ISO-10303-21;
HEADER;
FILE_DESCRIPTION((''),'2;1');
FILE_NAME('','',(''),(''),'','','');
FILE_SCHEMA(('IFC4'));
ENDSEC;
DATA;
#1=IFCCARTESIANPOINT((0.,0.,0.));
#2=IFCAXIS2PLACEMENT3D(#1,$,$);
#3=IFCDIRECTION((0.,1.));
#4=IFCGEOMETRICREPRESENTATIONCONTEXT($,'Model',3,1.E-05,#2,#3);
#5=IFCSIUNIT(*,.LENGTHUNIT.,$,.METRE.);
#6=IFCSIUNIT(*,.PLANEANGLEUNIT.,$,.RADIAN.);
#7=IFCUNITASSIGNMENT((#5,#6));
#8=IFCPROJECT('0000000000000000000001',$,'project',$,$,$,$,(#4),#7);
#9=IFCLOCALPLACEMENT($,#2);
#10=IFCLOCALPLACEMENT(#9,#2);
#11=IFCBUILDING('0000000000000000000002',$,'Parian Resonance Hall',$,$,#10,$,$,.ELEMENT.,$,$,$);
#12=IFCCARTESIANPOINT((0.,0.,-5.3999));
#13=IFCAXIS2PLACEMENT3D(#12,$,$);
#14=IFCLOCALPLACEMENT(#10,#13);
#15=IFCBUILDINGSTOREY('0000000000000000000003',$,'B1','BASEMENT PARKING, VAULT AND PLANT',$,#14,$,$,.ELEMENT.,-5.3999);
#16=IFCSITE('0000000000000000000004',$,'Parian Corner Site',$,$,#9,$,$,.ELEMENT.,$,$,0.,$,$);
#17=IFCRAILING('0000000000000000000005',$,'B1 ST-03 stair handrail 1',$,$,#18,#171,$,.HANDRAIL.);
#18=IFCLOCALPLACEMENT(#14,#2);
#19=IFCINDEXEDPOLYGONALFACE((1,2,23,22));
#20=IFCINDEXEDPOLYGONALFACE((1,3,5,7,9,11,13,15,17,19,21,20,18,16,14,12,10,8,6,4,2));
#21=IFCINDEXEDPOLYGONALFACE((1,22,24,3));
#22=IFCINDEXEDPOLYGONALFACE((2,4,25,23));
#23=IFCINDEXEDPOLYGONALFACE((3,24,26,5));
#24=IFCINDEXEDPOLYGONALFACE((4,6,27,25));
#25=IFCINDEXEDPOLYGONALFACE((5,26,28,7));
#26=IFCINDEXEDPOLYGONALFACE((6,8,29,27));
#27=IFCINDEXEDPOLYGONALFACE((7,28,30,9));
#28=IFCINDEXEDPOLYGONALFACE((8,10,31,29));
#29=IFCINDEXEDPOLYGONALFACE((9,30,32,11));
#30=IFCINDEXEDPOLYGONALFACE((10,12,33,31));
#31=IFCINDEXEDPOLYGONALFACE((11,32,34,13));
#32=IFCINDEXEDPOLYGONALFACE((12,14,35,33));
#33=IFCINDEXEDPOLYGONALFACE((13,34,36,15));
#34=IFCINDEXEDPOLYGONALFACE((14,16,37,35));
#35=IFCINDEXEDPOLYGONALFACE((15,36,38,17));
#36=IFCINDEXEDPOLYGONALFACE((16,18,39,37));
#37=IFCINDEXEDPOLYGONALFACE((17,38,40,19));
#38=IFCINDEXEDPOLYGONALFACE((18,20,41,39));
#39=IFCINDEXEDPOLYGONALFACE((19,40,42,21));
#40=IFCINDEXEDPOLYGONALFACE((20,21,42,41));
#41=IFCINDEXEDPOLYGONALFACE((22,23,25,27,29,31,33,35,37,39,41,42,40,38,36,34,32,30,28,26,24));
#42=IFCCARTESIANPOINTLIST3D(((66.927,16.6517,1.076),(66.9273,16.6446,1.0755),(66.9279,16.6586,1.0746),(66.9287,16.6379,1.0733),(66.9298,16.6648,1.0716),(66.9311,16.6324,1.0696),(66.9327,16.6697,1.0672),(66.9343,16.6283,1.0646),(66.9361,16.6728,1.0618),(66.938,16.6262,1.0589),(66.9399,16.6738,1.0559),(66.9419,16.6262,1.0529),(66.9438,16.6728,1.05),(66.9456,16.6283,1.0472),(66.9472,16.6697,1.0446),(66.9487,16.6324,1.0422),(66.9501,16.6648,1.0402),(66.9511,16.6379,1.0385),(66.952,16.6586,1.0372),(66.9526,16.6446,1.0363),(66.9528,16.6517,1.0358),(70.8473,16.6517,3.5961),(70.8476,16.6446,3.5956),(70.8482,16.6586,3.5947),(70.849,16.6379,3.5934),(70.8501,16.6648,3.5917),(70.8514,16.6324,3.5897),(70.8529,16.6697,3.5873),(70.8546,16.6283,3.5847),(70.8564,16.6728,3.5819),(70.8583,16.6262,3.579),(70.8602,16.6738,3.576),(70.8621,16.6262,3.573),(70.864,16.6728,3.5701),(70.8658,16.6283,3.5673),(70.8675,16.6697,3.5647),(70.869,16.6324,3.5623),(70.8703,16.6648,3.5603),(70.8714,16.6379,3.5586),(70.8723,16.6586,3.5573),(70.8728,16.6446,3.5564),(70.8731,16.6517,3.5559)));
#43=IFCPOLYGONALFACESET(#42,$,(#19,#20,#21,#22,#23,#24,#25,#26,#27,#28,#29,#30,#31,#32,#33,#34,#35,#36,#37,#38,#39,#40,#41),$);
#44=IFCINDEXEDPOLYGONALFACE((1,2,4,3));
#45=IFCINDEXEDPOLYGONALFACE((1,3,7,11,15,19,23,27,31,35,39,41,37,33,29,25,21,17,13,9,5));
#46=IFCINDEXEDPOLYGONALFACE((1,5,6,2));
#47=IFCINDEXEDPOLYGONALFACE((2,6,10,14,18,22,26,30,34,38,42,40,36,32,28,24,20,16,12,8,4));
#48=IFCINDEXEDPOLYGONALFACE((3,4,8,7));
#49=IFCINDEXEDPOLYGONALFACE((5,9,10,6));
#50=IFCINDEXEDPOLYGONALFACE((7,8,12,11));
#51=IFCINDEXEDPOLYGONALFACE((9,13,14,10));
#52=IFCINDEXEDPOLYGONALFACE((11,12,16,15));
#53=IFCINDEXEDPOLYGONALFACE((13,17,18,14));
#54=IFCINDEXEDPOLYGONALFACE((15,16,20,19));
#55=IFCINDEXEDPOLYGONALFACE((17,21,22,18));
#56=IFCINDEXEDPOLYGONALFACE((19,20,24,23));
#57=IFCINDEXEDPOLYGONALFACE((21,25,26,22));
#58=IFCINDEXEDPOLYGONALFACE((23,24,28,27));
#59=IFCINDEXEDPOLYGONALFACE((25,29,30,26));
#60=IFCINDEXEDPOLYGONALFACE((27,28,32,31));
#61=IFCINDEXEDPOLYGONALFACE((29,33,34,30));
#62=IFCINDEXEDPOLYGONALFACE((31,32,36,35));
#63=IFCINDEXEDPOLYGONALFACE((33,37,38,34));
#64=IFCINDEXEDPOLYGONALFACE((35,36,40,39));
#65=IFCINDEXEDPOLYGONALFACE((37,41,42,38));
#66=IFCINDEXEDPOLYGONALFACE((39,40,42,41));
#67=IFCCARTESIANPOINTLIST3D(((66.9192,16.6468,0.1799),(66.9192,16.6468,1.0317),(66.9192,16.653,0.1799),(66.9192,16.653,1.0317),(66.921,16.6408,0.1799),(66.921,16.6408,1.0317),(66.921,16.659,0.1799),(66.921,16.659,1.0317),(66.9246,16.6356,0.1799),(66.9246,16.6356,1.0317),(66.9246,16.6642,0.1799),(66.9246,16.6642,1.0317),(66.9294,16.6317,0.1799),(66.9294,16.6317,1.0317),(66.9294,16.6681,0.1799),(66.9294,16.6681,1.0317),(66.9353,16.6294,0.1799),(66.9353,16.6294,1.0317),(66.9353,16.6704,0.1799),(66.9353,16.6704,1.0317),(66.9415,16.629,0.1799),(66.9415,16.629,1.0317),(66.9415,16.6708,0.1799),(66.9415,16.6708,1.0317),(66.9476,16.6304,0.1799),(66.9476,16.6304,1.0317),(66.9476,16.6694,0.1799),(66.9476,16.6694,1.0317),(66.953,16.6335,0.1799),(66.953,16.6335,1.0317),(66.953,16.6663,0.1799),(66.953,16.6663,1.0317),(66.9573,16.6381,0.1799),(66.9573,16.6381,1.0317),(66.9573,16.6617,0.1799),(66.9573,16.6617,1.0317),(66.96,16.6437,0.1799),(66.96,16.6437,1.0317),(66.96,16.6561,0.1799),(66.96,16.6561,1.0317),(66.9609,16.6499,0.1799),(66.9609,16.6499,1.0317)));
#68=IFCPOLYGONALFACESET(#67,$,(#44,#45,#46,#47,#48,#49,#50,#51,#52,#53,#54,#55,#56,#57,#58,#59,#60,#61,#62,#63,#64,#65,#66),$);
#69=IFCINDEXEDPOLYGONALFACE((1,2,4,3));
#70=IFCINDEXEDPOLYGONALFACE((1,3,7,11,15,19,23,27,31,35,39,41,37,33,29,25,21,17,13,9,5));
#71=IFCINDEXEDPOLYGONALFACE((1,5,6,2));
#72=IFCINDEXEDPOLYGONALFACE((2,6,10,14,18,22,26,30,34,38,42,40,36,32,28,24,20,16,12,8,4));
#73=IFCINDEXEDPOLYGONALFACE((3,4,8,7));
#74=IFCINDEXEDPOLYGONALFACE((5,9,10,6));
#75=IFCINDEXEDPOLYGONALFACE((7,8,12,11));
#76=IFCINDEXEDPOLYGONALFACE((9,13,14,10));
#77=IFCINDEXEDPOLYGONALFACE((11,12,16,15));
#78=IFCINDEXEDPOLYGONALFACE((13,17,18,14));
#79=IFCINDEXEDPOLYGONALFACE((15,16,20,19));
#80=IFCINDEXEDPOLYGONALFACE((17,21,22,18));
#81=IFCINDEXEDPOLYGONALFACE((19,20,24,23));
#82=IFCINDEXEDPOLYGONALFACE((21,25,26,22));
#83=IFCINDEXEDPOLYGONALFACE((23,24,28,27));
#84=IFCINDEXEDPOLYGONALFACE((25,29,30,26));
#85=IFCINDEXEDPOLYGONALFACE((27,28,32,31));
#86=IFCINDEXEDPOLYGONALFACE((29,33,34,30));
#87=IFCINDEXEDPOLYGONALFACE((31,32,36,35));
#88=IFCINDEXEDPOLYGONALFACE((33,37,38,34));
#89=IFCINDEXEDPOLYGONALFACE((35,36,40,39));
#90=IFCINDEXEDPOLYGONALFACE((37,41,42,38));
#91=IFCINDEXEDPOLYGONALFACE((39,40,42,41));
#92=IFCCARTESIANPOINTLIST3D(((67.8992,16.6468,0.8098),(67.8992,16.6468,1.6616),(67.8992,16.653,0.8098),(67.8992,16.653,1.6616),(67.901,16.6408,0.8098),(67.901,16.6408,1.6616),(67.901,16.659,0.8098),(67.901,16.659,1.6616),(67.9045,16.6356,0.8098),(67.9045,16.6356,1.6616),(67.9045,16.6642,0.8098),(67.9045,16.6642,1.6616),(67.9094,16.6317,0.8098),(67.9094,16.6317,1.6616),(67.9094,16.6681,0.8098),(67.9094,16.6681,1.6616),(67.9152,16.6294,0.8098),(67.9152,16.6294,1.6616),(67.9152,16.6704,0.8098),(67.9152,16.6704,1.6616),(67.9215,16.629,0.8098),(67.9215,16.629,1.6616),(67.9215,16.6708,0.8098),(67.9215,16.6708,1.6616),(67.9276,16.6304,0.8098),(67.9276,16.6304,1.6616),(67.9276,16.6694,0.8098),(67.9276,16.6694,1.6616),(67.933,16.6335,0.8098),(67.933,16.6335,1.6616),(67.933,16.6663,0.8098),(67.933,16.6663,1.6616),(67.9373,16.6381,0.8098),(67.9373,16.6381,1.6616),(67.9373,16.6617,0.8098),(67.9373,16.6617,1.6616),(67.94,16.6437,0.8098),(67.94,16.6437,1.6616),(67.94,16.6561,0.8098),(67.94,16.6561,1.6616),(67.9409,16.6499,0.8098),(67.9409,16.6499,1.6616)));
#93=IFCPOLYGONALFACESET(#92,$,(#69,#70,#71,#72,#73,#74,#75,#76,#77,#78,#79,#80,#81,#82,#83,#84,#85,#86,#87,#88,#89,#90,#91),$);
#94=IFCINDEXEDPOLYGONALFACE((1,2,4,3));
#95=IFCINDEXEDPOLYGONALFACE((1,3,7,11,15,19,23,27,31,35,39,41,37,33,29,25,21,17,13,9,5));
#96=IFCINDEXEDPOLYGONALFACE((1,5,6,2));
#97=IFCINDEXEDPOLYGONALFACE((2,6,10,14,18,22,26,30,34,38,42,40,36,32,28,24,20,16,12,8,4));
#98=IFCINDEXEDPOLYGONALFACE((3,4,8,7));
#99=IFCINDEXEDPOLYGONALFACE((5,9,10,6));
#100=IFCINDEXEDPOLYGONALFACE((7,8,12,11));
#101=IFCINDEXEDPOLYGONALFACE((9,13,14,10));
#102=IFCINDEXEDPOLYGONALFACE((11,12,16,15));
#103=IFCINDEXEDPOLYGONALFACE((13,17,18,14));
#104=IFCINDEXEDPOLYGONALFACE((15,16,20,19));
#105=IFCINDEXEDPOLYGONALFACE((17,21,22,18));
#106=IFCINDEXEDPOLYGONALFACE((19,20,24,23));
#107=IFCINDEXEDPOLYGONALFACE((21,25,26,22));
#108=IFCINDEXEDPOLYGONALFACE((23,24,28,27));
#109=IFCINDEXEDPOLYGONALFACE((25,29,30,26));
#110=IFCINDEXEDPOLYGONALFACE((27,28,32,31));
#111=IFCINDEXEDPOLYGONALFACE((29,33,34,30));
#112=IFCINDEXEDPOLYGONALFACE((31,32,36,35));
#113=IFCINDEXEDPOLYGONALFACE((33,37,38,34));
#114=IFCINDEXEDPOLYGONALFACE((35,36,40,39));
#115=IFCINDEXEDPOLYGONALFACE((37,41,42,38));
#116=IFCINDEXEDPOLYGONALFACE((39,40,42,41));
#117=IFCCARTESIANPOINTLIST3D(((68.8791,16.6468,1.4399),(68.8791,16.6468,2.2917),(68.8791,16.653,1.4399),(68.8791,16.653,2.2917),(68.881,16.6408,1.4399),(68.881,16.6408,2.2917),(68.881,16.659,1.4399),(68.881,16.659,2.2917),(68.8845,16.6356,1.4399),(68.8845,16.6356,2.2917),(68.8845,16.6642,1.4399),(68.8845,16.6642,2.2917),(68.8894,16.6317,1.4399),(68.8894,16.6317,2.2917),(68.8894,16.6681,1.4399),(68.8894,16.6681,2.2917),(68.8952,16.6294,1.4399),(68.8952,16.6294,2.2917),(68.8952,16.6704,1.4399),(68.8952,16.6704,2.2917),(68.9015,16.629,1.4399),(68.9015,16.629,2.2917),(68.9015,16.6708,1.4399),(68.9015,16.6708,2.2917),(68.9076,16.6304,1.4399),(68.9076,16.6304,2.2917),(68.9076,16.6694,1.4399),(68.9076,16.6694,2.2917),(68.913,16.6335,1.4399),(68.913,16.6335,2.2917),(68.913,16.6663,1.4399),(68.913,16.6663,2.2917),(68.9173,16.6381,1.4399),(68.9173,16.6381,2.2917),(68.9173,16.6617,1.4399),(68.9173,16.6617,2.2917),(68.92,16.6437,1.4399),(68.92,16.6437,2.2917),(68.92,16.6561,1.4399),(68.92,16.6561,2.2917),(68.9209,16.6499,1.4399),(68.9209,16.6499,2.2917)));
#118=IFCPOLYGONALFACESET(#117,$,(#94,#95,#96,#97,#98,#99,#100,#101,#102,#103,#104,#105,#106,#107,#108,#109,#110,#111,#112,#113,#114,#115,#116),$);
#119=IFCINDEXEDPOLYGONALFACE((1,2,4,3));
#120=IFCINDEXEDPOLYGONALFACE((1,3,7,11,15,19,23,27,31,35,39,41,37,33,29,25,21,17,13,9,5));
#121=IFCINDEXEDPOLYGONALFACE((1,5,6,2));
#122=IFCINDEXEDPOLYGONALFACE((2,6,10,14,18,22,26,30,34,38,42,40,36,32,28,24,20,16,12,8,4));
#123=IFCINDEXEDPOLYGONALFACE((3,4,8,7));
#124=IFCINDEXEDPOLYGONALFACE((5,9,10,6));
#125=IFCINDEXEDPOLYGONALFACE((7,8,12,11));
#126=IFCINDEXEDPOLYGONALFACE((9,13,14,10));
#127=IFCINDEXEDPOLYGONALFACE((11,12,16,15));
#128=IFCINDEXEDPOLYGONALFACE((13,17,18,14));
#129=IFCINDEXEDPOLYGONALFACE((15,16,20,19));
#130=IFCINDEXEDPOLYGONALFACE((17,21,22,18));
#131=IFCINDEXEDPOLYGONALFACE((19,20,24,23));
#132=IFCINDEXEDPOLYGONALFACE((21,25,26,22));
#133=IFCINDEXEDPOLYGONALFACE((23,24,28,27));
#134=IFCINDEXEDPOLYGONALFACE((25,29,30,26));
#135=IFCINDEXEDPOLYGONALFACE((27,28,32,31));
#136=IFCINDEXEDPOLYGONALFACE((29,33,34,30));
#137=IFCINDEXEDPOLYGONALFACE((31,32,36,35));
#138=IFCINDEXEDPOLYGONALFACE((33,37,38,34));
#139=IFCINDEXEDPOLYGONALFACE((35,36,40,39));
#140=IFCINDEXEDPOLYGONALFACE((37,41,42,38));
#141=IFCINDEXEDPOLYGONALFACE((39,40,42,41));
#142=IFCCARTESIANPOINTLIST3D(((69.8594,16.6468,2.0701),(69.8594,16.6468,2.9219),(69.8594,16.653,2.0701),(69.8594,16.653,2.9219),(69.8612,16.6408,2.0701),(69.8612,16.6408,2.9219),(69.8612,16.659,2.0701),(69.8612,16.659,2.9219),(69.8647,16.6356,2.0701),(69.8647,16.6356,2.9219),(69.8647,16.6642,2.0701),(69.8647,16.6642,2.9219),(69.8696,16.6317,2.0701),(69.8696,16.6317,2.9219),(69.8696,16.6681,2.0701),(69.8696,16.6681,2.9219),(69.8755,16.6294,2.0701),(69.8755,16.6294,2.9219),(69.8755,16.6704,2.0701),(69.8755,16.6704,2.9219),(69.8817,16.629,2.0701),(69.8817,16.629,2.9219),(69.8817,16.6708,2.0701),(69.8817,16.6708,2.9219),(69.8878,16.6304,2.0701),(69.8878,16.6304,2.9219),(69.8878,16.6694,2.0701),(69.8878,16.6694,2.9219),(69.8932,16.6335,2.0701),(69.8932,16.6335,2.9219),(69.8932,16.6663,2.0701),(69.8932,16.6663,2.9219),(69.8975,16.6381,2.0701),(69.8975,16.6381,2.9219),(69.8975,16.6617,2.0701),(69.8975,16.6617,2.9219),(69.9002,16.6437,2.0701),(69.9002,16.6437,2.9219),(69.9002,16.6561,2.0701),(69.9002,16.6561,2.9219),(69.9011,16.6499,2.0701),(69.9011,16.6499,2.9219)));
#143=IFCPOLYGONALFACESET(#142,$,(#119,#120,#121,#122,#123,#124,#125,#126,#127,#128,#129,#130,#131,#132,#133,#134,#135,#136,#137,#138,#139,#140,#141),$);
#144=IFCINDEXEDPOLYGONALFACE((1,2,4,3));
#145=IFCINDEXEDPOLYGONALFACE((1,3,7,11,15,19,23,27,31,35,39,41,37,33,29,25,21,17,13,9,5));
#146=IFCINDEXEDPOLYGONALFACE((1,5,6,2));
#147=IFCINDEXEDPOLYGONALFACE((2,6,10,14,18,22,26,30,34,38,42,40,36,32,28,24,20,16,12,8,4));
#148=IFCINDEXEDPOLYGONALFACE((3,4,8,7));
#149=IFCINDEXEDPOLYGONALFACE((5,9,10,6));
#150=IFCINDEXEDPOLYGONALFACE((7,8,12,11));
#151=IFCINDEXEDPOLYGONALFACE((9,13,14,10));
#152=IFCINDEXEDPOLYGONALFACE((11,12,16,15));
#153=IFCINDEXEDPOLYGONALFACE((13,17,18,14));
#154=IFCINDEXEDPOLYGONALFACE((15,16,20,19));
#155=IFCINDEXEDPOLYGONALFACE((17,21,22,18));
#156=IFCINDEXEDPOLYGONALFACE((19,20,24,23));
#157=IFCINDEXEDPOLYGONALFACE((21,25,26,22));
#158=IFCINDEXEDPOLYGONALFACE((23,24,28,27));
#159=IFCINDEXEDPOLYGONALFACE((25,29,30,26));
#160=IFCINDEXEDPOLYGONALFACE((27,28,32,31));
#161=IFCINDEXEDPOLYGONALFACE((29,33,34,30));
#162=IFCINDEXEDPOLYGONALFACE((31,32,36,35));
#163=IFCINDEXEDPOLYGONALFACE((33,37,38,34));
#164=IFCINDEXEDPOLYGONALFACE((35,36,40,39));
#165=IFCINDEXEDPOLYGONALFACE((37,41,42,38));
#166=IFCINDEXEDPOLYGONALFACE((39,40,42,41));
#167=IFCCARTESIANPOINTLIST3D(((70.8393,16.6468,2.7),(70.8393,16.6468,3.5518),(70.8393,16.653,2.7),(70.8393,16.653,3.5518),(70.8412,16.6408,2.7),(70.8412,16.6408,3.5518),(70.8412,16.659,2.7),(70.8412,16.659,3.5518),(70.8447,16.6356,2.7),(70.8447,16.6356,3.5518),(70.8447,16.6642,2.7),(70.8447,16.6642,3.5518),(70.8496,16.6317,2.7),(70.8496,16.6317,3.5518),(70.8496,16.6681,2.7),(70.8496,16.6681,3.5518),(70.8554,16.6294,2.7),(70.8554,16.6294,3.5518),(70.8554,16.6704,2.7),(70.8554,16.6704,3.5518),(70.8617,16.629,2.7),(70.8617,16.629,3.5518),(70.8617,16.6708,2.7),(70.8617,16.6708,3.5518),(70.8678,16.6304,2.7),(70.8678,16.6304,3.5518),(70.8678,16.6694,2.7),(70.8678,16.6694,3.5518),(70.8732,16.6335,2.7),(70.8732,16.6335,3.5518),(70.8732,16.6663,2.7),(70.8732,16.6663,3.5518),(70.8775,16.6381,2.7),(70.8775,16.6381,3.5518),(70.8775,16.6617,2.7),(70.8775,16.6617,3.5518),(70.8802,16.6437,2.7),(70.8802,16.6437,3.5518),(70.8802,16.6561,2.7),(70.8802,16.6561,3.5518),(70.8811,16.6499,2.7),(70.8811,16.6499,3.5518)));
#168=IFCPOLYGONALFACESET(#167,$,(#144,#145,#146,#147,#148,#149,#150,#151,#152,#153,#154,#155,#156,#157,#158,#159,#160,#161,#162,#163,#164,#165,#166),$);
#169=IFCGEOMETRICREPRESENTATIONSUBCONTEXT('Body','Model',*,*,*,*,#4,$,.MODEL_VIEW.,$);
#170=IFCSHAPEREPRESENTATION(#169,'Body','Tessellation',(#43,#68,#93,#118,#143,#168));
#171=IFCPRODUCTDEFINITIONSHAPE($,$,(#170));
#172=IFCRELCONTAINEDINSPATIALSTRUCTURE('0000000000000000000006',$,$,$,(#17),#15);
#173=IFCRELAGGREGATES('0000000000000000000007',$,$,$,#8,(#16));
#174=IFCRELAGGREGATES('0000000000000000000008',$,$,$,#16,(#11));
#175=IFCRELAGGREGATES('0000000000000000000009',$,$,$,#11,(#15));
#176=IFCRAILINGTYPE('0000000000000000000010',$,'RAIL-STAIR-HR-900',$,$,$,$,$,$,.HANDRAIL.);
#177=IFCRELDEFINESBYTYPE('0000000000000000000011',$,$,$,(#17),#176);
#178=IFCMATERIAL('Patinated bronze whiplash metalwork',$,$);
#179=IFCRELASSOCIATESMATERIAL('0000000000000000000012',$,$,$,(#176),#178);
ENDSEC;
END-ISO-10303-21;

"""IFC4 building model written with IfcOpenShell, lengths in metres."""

from ifc_helpers import new_model, si_unit, direction, frame, origin, origin_2d, place, context, subcontext, project, spatial, circle, extrude, material, type_object, element, save


model = new_model("IFC4")

# Units and contexts
model_context = context("Model", 3, precision=1e-05, world=origin(), true_north=direction((0.0, 1.0)))
body_context = subcontext(model_context, "Body", "Model", "MODEL_VIEW")
ifc_project = project(units=[si_unit("LENGTHUNIT", "METRE"), si_unit("PLANEANGLEUNIT", "RADIAN")], contexts=[model_context])

# Site, building, storey
site_placement = place(None, origin())
site = spatial("IfcSite", under=ifc_project, at=site_placement, Name="Parian Corner Site", CompositionType="ELEMENT", RefElevation=0.0)
building_placement = place(site_placement, origin())
building = spatial("IfcBuilding", under=site, at=building_placement, Name="Parian Resonance Hall", CompositionType="ELEMENT")
storey_placement = place(building_placement, frame((0.0, 0.0, -5.3999)))
storey = spatial("IfcBuildingStorey", under=building, at=storey_placement, Name="B1", Description="BASEMENT PARKING, VAULT AND PLANT", CompositionType="ELEMENT", Elevation=-5.3999)

# Railing
ifc_material_1 = material(Name="Patinated bronze whiplash metalwork")
railing_type_1 = type_object("IfcRailingType", Name="RAIL-STAIR-HR-900", PredefinedType="HANDRAIL", material=ifc_material_1)
railing_1_placement = place(storey_placement, frame((66.9399, 16.6499, 0.1799)))
element("IfcRailing", 1, at=railing_1_placement, inside=storey, type_object=railing_type_1, Name="B1 ST-03 stair handrail 1", PredefinedType="HANDRAIL", context=body_context, shape_type="SweptSolid", body=[
    extrude(circle(Radius=0.0239, at=origin_2d()), frame((0.0, 0.0, 0.876), z_axis=(0.841187, 0.0, 0.540744), x_axis=(0.0, 1.0, 0.0)), (0.0, 0.0, 1.0), 4.6604),
    extrude(circle(Radius=0.021, at=origin_2d()), origin(), (0.0, 0.0, 1.0), 0.8518),
    extrude(circle(Radius=0.021, at=origin_2d()), frame((0.98, 0.0, 0.6299)), (0.0, 0.0, 1.0), 0.8518),
    extrude(circle(Radius=0.021, at=origin_2d()), frame((1.96, 0.0, 1.26)), (0.0, 0.0, 1.0), 0.8518),
    extrude(circle(Radius=0.021, at=origin_2d()), frame((2.9402, 0.0, 1.8901)), (0.0, 0.0, 1.0), 0.8518),
    extrude(circle(Radius=0.021, at=origin_2d()), frame((3.9202, 0.0, 2.52)), (0.0, 0.0, 1.0), 0.8518),
])

save(model, "model.ifc")
